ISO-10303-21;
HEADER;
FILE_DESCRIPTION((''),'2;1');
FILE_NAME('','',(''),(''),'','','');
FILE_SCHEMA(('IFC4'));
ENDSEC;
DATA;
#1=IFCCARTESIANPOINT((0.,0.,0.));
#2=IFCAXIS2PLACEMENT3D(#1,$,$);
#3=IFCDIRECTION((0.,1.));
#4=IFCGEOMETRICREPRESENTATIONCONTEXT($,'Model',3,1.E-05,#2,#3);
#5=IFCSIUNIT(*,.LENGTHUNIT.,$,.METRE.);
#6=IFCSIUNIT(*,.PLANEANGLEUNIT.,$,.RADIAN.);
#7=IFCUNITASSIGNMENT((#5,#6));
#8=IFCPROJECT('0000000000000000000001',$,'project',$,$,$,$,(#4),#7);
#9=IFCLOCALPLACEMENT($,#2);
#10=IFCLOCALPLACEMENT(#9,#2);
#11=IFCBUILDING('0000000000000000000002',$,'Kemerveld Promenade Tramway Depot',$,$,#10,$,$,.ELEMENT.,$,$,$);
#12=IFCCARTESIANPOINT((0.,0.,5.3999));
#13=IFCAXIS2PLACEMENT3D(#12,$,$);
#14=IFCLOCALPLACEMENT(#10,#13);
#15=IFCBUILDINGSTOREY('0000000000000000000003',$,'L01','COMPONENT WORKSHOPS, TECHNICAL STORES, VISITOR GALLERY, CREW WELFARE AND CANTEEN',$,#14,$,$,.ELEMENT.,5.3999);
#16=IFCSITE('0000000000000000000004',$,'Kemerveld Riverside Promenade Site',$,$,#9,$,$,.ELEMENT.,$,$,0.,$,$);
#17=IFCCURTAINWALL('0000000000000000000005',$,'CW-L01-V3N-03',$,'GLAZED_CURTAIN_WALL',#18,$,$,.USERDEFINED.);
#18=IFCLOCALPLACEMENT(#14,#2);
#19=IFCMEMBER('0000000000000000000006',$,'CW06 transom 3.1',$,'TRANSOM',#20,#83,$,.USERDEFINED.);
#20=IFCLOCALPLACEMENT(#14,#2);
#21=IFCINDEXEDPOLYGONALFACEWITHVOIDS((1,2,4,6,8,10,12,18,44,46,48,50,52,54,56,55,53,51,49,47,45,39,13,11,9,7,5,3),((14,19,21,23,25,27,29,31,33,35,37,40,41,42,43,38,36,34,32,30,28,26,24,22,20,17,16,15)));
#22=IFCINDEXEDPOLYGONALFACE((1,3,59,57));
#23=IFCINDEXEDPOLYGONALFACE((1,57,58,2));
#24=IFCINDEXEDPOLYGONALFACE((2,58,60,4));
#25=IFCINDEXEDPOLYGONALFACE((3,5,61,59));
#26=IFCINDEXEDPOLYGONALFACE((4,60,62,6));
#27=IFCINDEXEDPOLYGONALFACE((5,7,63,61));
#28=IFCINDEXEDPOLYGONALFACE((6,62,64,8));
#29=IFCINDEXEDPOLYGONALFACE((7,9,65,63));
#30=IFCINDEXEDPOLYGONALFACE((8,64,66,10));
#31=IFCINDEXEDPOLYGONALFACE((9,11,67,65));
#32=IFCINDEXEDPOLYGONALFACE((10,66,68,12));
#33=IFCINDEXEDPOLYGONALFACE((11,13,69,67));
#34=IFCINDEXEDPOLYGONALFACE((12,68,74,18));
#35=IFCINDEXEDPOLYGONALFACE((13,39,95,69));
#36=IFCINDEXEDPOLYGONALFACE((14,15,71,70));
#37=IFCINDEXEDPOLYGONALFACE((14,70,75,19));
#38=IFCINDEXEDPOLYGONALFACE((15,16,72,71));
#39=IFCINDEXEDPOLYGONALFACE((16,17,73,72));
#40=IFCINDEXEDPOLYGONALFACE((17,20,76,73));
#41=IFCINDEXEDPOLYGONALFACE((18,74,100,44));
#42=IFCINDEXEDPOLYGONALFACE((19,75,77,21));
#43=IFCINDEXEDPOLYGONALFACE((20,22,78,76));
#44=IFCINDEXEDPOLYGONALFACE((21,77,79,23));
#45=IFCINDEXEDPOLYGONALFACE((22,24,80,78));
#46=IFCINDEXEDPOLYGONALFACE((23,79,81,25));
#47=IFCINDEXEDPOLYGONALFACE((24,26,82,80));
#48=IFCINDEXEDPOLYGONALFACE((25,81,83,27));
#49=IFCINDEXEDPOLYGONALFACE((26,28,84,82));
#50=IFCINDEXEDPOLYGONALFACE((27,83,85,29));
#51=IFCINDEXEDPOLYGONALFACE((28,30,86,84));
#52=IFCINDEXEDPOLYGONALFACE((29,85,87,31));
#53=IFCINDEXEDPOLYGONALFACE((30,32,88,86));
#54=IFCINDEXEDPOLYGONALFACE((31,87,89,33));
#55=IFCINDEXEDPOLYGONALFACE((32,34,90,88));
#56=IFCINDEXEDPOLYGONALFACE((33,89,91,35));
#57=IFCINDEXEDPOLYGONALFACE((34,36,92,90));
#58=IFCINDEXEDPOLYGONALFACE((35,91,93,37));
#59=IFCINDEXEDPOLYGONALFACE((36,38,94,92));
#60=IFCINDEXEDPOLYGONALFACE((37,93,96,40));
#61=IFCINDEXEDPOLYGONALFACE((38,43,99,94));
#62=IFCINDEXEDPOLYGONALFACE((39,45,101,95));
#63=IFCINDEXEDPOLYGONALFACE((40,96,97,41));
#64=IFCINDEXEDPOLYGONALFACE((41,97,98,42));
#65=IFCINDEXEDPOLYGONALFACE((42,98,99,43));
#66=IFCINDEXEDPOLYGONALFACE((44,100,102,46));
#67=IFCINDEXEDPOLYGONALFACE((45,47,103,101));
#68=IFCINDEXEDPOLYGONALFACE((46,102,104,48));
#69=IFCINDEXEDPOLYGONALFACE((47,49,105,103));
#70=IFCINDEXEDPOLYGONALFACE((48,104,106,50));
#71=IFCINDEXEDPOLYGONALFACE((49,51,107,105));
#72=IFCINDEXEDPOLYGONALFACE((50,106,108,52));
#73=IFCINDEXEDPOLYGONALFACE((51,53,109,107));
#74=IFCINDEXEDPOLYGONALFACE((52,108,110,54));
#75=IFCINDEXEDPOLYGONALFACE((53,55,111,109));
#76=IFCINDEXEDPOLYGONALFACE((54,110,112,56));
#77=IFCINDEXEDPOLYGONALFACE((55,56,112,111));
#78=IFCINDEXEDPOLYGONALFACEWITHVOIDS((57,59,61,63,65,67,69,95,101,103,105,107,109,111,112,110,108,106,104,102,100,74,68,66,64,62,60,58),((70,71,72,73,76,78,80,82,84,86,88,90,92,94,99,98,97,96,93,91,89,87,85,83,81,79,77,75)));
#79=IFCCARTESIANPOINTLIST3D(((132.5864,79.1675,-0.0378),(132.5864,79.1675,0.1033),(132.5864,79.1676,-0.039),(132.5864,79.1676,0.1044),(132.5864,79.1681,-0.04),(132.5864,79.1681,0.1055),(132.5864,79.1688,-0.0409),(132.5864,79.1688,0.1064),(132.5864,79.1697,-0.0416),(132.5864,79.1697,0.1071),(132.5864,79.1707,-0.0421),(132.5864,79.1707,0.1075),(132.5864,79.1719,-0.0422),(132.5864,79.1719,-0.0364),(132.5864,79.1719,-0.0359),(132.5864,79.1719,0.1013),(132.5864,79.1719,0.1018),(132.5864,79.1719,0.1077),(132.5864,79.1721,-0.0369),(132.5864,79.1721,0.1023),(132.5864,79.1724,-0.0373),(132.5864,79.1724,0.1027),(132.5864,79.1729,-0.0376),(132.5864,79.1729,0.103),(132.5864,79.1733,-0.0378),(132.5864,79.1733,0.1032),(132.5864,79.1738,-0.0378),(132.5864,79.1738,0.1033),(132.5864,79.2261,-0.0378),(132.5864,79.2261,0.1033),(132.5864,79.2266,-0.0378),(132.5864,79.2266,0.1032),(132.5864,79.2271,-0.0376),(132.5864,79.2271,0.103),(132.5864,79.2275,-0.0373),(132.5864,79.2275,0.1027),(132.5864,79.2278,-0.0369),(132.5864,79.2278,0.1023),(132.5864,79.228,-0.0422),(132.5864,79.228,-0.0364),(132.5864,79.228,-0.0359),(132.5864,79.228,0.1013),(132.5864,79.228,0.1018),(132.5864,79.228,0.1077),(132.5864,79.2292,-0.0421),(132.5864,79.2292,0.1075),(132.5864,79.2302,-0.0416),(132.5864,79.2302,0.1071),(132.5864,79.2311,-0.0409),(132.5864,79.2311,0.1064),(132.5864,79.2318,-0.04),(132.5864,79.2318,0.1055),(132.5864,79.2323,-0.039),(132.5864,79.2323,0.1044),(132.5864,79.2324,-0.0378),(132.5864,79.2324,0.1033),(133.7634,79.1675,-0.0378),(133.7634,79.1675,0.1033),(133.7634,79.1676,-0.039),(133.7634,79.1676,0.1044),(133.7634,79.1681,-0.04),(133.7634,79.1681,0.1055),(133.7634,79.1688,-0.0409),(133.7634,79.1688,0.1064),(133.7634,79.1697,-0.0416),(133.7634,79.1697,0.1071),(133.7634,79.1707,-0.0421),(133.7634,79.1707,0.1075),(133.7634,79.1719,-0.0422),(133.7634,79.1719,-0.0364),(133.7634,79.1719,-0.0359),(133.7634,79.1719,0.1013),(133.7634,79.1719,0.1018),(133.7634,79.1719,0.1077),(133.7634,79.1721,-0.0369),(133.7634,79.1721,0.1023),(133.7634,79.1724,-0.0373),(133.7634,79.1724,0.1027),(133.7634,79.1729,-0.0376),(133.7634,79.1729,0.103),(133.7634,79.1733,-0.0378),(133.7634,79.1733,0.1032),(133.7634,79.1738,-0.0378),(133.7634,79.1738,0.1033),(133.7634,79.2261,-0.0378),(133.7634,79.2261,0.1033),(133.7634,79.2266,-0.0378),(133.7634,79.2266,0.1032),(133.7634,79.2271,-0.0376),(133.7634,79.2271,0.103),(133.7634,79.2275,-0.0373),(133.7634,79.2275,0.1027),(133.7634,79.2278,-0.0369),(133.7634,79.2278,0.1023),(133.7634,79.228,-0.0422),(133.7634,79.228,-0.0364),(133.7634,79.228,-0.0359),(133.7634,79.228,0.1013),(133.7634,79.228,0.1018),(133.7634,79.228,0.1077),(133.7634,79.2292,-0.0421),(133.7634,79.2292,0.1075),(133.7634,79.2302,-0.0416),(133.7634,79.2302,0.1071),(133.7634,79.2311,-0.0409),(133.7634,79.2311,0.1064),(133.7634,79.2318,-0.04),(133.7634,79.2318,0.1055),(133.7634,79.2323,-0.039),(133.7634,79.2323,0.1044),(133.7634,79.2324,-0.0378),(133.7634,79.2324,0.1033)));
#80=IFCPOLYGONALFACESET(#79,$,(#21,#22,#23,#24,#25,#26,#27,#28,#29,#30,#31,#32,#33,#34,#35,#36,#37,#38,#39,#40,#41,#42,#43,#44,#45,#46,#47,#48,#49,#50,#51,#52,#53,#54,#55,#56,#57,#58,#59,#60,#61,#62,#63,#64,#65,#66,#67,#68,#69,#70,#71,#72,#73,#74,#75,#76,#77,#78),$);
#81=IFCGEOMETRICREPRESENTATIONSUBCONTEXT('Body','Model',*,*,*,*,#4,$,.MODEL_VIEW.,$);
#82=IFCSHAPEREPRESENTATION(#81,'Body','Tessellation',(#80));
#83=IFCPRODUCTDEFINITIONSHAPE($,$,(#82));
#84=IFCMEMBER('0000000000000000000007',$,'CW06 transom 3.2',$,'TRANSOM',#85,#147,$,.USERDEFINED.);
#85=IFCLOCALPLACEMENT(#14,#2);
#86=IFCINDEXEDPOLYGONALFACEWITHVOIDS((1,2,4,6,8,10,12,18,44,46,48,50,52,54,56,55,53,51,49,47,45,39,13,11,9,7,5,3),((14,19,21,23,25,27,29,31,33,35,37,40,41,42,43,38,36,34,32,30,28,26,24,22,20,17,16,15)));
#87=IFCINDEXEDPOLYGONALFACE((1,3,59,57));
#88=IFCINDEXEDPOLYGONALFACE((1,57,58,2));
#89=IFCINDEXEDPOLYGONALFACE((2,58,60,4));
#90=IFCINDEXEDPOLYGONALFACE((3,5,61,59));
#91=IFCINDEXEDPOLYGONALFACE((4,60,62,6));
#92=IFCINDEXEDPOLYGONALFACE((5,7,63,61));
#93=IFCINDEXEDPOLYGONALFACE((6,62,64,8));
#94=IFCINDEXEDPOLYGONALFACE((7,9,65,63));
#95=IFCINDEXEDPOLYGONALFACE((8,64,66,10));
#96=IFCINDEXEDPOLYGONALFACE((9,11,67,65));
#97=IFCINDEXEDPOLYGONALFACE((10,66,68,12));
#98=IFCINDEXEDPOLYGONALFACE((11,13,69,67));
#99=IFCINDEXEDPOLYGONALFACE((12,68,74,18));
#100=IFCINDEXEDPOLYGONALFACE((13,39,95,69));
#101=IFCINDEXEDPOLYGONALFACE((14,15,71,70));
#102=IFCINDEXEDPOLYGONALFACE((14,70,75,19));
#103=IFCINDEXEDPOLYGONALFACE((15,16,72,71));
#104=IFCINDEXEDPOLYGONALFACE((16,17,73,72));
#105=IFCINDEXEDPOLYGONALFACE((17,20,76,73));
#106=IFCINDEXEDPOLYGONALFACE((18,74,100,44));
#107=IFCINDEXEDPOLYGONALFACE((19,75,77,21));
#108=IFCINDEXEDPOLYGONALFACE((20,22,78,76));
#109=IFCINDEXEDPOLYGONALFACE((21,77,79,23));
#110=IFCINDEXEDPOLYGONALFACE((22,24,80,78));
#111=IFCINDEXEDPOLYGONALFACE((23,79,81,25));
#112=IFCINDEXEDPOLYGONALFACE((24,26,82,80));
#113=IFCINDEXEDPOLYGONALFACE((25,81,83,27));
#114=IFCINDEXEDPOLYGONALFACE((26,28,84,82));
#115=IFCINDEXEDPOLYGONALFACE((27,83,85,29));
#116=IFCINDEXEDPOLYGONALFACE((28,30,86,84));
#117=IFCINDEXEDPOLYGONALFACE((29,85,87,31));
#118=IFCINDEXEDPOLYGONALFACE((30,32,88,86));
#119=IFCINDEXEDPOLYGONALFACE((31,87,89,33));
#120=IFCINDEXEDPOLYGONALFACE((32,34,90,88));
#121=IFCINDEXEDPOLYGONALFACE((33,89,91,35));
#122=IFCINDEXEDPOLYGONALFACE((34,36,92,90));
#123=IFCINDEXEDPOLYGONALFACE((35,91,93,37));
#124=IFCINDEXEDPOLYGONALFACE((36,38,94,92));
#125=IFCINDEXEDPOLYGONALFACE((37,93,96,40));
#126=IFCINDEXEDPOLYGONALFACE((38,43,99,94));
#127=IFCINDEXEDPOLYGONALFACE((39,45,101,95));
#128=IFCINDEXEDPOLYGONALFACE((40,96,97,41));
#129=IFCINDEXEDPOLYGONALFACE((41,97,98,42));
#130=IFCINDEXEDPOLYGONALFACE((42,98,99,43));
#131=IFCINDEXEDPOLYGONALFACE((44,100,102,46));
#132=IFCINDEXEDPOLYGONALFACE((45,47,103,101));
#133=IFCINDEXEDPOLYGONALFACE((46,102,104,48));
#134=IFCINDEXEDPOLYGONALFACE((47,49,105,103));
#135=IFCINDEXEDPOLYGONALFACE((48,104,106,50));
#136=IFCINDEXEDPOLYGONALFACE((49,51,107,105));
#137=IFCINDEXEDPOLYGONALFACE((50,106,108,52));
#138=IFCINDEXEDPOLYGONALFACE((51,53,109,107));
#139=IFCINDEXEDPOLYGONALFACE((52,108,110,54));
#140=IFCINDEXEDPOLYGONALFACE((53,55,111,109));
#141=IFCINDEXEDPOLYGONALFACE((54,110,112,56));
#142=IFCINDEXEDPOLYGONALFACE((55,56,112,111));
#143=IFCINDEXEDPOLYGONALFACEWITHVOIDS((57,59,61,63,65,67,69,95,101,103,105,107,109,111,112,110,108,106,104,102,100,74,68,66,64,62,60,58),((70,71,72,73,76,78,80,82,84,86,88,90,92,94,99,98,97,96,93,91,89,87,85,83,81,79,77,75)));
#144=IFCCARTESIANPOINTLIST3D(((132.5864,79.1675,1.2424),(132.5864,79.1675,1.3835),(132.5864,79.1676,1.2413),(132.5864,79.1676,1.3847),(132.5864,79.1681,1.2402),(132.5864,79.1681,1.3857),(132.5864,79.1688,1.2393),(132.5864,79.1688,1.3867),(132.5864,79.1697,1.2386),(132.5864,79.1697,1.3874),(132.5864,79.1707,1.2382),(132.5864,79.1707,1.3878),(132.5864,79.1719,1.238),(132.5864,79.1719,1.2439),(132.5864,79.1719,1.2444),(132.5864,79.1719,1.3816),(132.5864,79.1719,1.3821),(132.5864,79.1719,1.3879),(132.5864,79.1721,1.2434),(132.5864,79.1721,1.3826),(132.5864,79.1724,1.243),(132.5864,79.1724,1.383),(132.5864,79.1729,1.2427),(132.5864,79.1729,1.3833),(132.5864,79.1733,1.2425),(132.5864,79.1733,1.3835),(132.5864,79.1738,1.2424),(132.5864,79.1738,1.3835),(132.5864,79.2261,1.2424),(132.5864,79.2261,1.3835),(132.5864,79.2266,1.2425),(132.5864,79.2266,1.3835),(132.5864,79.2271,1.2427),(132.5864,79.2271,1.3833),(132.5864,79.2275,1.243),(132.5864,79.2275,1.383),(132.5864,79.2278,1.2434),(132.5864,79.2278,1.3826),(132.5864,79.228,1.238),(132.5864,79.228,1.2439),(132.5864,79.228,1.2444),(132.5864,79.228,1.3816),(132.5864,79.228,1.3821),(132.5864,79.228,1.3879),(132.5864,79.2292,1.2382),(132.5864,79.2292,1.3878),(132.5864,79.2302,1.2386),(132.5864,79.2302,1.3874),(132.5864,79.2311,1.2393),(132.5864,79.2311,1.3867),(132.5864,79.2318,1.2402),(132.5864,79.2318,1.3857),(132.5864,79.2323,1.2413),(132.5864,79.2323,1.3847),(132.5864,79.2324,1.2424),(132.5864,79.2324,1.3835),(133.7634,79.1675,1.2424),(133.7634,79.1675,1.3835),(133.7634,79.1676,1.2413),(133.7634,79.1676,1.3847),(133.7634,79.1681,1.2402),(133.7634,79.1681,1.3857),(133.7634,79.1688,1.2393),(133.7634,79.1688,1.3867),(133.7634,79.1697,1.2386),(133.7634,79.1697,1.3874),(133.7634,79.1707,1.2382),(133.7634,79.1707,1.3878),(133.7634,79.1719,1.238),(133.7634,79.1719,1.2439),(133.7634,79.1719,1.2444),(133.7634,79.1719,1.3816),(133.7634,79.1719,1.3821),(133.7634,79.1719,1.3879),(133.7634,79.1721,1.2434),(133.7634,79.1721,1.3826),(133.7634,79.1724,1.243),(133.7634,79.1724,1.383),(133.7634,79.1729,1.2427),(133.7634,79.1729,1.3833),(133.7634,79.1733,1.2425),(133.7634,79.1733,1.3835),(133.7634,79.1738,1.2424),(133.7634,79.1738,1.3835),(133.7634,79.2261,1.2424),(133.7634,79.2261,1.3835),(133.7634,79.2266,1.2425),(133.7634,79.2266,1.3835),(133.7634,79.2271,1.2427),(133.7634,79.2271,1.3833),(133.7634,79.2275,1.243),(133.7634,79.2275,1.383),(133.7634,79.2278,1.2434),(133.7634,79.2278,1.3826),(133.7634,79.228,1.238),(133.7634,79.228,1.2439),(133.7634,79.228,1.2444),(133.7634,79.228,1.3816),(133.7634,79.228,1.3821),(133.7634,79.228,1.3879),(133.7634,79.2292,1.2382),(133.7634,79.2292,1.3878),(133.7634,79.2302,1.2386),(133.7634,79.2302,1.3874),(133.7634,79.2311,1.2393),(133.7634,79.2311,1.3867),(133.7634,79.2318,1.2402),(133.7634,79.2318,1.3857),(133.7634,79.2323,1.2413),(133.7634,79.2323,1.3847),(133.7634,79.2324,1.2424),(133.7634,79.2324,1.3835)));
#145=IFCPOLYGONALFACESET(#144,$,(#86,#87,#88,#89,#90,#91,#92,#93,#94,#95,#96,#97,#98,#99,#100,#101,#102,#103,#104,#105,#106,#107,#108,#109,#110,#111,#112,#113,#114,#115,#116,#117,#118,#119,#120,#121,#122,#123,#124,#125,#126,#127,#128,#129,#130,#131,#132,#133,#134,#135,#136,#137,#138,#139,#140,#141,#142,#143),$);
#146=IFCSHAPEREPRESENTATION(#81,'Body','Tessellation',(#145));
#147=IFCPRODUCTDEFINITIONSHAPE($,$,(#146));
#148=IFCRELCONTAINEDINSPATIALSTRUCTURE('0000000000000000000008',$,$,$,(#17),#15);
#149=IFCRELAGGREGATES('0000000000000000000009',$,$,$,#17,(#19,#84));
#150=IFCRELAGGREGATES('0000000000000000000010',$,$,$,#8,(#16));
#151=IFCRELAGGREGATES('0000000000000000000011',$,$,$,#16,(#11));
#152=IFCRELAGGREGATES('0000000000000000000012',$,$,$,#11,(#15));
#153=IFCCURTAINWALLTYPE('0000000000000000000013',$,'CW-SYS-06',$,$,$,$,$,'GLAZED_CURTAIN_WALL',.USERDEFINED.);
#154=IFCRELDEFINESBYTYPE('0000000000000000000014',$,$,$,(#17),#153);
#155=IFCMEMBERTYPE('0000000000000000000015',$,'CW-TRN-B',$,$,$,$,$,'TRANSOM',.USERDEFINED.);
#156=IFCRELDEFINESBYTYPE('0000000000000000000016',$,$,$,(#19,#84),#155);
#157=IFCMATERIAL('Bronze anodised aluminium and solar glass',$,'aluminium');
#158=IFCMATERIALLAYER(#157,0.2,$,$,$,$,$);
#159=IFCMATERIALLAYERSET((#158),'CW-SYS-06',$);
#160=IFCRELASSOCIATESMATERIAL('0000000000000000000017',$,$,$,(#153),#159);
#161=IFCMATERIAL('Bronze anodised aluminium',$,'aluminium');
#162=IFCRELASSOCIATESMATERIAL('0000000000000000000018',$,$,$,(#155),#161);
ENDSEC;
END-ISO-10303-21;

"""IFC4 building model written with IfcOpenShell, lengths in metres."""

from ifc_helpers import new_model, si_unit, direction, frame, origin, origin_2d, place, context, subcontext, project, spatial, hollow_rectangle, extrude, material, layer, layer_set, material_profile, profile_set, type_object, element, aggregate, save


model = new_model("IFC4")

# Units and contexts
model_context = context("Model", 3, precision=1e-05, world=origin(), true_north=direction((0.0, 1.0)))
body_context = subcontext(model_context, "Body", "Model", "MODEL_VIEW")
ifc_project = project(units=[si_unit("LENGTHUNIT", "METRE"), si_unit("PLANEANGLEUNIT", "RADIAN")], contexts=[model_context])

# Site, building, storey
site_placement = place(None, origin())
site = spatial("IfcSite", under=ifc_project, at=site_placement, Name="Kemerveld Riverside Promenade Site", CompositionType="ELEMENT", RefElevation=0.0)
building_placement = place(site_placement, origin())
building = spatial("IfcBuilding", under=site, at=building_placement, Name="Kemerveld Promenade Tramway Depot", CompositionType="ELEMENT")
storey_placement = place(building_placement, frame((0.0, 0.0, 5.3999)))
storey = spatial("IfcBuildingStorey", under=building, at=storey_placement, Name="L01", Description="COMPONENT WORKSHOPS, TECHNICAL STORES, VISITOR GALLERY, CREW WELFARE AND CANTEEN", CompositionType="ELEMENT", Elevation=5.3999)

# Curtain wall, members
ifc_material_1 = material(Name="Bronze anodised aluminium and solar glass", Category="aluminium")
ifc_layer_1 = layer(ifc_material_1, 0.2)
ifc_layer_set_1 = layer_set([ifc_layer_1], Name="CW-SYS-06")
curtain_wall_type = type_object("IfcCurtainWallType", Name="CW-SYS-06", ElementType="GLAZED_CURTAIN_WALL", PredefinedType="USERDEFINED", material=ifc_layer_set_1)
curtain_wall_placement = place(storey_placement, origin())
curtain_wall = element("IfcCurtainWall", 1, at=curtain_wall_placement, inside=storey, type_object=curtain_wall_type, Name="CW-L01-V3N-03", ObjectType="GLAZED_CURTAIN_WALL", PredefinedType="USERDEFINED")
ifc_material_2 = material(Name="Bronze anodised aluminium", Category="aluminium")
ifc_material_profile_1 = material_profile(ifc_material_2, hollow_rectangle(XDim=0.0649, YDim=0.1499, WallThickness=0.0044, InnerFilletRadius=0.002, OuterFilletRadius=0.0044, at=origin_2d()), Name="CW-TRN-150x65")
ifc_profile_set_1 = profile_set([ifc_material_profile_1], Name="Bronze anodised aluminium")
member_type_1 = type_object("IfcMemberType", Name="CW-TRN-B", ElementType="TRANSOM", PredefinedType="USERDEFINED", material=ifc_profile_set_1)
member_1_placement = place(storey_placement, frame((132.5864, 79.2, 0.0327), z_axis=(1.0, 0.0, 0.0), x_axis=(0.0, 1.0, 0.0)))
member_1 = element("IfcMember", 2, at=member_1_placement, type_object=member_type_1, Name="CW06 transom 3.1", ObjectType="TRANSOM", PredefinedType="USERDEFINED", context=body_context, shape_type="SweptSolid", body=[
    extrude(hollow_rectangle(XDim=0.0649, YDim=0.1499, WallThickness=0.0044, InnerFilletRadius=0.002, OuterFilletRadius=0.0044, at=origin_2d()), origin(), (0.0, 0.0, 1.0), 1.177),
])
member_2_placement = place(storey_placement, frame((132.5864, 79.2, 1.313), z_axis=(1.0, 0.0, 0.0), x_axis=(0.0, 1.0, 0.0)))
member_2 = element("IfcMember", 3, at=member_2_placement, type_object=member_type_1, Name="CW06 transom 3.2", ObjectType="TRANSOM", PredefinedType="USERDEFINED", context=body_context, shape_type="SweptSolid", body=[
    extrude(hollow_rectangle(XDim=0.0649, YDim=0.1499, WallThickness=0.0044, InnerFilletRadius=0.002, OuterFilletRadius=0.0044, at=origin_2d()), origin(), (0.0, 0.0, 1.0), 1.177),
])
aggregate(curtain_wall, [member_1, member_2])

save(model, "model.ifc")
